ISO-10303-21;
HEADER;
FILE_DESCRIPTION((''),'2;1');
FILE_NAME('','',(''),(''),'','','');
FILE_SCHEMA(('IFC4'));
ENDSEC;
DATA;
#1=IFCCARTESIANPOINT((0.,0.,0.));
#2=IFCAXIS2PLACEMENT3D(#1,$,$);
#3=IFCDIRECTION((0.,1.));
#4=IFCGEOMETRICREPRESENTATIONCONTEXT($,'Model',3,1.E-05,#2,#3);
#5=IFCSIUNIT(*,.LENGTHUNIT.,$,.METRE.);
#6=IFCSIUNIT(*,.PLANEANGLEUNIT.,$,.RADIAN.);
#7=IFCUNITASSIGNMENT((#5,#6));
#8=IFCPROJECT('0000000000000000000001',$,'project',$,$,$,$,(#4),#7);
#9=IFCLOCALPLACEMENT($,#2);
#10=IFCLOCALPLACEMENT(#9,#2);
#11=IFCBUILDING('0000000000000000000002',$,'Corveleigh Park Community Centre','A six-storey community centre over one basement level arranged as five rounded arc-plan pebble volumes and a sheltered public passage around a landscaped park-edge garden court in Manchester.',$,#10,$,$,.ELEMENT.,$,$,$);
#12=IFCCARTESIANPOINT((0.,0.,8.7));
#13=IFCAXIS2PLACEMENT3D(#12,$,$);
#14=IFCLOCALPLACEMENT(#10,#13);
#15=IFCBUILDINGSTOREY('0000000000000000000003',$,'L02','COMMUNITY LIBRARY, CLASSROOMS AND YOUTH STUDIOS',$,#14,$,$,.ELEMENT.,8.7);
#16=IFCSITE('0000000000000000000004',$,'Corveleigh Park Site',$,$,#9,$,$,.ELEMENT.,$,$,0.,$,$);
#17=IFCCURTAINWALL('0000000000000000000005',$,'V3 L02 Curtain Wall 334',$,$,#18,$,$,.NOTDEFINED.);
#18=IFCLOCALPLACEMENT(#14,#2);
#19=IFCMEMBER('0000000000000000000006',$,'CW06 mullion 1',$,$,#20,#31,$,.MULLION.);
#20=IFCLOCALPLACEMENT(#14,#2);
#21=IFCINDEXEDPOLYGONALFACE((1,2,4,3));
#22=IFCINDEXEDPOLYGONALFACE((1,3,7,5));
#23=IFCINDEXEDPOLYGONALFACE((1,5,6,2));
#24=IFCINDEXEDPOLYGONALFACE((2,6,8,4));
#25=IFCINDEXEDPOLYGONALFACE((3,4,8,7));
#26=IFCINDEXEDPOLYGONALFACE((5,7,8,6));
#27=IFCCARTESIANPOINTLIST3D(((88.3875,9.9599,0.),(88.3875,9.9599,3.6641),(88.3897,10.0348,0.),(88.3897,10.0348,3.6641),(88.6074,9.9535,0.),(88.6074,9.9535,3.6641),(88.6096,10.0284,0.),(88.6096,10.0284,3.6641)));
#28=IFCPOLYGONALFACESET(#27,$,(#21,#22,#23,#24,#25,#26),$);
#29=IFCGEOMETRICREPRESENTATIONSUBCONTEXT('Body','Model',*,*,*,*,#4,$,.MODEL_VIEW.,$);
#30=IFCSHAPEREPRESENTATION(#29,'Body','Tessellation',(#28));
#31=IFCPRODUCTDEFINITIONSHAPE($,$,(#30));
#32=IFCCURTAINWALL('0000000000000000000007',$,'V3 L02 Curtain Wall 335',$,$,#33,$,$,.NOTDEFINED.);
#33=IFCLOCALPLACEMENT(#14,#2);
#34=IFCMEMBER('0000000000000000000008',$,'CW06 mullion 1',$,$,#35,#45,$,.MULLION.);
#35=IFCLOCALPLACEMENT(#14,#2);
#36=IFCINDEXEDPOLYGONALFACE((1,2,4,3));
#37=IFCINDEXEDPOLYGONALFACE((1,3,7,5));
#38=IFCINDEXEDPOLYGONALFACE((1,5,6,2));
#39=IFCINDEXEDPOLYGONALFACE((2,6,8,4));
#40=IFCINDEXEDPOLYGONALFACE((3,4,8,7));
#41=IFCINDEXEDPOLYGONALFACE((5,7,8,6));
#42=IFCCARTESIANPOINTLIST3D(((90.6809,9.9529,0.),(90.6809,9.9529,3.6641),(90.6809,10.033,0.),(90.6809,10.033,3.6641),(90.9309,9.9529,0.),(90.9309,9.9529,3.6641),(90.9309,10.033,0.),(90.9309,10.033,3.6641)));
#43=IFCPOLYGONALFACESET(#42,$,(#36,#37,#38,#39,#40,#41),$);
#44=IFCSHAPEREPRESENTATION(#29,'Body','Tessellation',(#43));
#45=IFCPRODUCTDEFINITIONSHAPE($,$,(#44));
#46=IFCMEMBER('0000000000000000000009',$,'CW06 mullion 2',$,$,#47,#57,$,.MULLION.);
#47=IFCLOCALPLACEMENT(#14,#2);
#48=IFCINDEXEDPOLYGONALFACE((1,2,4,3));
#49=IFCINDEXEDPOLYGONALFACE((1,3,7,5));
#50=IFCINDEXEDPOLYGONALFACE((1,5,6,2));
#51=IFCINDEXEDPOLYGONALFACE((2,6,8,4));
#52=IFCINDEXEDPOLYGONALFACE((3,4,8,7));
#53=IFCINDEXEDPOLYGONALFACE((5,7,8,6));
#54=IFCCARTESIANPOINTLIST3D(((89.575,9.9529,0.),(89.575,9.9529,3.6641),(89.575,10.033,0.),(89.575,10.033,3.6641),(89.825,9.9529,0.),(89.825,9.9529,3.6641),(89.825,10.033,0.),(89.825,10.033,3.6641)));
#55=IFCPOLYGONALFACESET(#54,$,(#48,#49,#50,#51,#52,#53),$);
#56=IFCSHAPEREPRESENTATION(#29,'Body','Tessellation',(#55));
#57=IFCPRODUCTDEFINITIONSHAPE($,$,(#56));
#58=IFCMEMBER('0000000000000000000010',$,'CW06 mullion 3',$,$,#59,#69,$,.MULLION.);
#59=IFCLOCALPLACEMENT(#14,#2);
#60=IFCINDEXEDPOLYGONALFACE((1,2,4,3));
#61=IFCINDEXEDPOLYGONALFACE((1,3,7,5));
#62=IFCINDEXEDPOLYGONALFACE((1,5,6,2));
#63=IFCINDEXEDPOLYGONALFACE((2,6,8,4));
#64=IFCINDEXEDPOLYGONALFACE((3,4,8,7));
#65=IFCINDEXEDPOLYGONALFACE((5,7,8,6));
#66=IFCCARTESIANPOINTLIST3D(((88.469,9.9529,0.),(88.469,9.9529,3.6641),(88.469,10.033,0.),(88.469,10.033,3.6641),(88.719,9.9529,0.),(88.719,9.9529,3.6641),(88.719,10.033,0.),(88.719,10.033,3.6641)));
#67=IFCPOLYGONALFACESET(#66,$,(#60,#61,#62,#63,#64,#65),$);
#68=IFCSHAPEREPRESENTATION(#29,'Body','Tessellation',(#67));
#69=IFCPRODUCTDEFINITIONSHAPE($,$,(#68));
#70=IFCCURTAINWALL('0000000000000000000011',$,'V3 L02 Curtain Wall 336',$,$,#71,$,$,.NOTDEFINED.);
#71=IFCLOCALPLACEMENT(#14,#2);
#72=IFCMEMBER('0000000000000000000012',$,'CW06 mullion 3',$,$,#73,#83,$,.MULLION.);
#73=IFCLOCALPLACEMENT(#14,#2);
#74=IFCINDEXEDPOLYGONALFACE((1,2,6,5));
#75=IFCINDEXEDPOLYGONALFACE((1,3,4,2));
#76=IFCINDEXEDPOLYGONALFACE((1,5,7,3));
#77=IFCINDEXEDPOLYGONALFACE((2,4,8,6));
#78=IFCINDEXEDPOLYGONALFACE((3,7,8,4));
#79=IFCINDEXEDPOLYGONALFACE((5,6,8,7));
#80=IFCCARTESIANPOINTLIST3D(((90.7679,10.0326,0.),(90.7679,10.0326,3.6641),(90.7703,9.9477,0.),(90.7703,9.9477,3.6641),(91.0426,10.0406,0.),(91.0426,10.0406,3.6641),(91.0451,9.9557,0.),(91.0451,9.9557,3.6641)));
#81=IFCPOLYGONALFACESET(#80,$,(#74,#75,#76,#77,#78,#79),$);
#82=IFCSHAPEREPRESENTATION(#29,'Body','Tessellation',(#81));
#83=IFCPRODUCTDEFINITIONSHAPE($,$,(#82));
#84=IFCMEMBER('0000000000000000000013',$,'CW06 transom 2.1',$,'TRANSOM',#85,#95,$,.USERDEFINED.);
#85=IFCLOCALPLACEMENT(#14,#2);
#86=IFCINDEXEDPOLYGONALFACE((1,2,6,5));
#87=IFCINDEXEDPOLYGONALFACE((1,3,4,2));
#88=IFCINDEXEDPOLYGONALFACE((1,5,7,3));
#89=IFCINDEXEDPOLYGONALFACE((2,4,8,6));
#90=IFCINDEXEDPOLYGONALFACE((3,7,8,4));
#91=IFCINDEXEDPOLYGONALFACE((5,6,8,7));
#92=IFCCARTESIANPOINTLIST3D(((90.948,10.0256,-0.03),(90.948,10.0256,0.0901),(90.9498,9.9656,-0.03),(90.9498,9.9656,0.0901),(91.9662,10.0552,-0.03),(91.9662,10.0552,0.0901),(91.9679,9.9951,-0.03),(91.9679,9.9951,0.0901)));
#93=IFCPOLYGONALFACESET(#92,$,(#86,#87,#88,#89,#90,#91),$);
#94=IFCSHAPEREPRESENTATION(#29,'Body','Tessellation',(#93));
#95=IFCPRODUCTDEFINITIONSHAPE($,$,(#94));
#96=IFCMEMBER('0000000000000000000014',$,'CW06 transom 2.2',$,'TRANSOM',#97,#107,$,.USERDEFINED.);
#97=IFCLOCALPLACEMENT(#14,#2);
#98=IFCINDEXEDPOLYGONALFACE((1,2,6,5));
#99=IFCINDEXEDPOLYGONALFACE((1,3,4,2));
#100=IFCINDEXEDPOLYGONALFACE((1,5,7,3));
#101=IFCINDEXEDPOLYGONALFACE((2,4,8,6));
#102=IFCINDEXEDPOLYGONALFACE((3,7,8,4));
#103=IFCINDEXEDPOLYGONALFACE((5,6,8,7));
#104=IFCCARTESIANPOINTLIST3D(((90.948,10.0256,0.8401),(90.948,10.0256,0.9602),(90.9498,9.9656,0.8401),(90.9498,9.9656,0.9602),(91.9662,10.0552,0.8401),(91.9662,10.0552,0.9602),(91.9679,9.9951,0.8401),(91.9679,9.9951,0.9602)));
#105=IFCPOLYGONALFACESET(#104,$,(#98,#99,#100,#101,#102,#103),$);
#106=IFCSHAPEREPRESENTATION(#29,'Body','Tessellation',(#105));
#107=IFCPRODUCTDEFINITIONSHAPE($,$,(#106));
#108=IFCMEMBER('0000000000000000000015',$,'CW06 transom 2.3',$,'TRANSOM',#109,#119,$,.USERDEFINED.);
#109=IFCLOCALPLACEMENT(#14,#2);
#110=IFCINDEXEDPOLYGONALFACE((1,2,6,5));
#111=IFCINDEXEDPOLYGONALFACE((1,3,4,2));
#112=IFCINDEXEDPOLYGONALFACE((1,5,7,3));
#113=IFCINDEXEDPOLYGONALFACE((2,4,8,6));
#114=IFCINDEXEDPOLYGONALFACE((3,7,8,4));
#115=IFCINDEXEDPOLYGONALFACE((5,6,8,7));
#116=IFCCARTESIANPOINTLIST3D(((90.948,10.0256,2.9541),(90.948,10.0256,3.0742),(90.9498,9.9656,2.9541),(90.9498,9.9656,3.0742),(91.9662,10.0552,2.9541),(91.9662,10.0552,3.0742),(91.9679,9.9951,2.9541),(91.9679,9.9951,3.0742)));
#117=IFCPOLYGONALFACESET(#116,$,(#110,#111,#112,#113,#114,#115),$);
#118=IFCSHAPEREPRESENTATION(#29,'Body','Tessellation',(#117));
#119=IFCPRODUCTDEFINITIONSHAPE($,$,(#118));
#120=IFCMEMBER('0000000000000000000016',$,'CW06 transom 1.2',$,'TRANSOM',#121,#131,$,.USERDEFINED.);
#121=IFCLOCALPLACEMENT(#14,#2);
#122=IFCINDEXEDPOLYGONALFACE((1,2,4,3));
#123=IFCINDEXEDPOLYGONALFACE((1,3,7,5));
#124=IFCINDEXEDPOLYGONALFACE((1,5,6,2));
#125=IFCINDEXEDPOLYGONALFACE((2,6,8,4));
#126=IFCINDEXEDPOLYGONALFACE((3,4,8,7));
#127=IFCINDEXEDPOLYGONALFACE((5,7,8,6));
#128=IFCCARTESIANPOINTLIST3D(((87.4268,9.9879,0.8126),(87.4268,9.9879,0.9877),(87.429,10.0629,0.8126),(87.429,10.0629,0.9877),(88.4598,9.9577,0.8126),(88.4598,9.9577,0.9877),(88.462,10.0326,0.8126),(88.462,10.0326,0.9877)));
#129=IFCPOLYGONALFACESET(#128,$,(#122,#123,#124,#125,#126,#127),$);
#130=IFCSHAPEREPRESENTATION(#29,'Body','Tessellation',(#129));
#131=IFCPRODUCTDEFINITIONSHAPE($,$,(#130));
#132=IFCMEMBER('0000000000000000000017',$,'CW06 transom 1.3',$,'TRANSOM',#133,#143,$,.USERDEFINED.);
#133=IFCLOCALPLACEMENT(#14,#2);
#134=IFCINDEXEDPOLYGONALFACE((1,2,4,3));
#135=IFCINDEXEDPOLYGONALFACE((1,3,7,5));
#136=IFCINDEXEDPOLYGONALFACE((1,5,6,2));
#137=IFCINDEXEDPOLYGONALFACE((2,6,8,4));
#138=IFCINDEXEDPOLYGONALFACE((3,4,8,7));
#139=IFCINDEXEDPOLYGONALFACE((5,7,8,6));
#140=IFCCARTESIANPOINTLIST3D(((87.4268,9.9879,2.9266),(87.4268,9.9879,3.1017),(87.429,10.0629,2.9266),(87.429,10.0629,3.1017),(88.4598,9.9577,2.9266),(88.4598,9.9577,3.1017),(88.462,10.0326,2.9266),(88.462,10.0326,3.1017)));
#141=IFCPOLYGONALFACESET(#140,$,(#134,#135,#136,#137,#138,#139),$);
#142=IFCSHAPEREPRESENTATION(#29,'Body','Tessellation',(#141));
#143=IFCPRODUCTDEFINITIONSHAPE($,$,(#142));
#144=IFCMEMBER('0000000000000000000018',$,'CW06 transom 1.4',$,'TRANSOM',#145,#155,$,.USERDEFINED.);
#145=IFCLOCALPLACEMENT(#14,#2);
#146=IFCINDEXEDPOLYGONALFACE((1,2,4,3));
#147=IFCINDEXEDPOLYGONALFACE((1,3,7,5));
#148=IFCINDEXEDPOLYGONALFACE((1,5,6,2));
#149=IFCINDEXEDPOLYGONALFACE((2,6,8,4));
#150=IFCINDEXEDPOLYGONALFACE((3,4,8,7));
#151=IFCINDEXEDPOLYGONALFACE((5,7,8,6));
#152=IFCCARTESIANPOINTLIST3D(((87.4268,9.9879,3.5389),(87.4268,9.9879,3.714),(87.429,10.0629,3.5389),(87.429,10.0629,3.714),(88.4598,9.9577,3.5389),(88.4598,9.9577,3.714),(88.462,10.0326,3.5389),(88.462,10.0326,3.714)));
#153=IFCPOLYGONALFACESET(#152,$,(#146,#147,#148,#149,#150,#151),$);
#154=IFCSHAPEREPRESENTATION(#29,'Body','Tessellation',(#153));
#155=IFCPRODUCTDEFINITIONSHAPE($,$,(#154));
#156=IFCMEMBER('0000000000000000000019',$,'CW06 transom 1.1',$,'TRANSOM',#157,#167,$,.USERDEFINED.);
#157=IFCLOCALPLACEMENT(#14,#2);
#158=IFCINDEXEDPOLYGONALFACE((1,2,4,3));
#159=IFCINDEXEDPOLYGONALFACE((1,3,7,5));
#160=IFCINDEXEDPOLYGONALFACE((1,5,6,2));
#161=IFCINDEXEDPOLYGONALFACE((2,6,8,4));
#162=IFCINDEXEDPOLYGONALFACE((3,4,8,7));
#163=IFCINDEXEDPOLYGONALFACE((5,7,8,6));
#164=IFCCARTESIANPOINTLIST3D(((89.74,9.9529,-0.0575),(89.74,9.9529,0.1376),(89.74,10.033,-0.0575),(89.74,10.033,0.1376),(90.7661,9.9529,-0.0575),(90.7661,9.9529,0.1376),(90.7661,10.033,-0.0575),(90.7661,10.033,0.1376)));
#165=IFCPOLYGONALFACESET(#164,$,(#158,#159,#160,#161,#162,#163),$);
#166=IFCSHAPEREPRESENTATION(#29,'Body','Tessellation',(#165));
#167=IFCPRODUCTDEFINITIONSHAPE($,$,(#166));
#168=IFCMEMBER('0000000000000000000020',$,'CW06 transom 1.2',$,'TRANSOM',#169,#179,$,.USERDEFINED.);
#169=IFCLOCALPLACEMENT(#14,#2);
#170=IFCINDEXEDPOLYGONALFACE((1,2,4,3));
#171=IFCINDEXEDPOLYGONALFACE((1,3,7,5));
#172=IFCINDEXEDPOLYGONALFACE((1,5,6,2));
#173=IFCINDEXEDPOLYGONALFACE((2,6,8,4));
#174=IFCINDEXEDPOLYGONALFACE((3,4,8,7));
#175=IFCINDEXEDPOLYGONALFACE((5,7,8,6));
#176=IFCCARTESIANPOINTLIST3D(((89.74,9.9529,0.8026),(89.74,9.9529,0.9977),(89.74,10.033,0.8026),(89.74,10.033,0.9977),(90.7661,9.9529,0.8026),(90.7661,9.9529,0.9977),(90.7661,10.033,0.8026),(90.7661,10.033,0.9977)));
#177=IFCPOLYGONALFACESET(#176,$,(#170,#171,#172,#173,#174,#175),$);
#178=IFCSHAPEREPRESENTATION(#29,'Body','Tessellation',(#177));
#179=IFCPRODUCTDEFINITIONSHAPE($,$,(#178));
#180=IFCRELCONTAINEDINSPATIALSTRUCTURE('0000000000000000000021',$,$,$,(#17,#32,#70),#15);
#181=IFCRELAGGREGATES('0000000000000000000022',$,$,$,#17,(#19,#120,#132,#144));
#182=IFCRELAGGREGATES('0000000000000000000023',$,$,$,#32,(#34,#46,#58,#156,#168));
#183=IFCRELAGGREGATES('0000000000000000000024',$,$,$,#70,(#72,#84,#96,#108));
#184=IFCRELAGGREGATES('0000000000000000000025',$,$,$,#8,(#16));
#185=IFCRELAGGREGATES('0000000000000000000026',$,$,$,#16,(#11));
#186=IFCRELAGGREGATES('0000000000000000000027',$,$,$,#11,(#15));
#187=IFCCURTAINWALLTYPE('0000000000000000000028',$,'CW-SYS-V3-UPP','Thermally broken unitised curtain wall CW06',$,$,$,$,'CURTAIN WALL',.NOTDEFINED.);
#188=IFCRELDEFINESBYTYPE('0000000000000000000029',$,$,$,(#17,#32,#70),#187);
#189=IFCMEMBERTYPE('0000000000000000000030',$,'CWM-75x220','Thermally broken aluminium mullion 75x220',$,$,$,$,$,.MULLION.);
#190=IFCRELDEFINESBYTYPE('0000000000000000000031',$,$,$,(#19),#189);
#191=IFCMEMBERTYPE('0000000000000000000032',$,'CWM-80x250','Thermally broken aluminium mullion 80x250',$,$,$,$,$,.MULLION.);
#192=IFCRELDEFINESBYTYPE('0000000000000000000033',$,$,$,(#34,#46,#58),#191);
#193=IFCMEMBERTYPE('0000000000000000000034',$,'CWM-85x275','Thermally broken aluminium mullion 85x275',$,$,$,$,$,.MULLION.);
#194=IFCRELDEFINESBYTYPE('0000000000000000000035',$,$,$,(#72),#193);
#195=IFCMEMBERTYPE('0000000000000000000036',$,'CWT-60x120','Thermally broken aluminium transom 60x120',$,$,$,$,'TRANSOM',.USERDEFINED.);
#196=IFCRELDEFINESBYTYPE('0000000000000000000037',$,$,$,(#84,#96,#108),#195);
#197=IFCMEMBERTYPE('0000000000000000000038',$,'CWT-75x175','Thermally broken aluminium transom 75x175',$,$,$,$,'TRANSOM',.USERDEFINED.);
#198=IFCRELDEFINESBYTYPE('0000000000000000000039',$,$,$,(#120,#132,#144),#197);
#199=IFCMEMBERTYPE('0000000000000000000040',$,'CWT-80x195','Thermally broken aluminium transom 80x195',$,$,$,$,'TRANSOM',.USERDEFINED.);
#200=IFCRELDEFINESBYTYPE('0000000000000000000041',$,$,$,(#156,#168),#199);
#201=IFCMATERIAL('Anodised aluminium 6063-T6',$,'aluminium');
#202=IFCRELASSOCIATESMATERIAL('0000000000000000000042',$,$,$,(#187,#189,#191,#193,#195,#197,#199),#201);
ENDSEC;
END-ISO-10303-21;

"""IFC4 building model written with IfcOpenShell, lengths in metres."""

from ifc_helpers import new_model, si_unit, direction, frame, origin, origin_2d, place, context, subcontext, project, spatial, rectangle, extrude, material, material_profile, profile_set, type_object, element, aggregate, save


model = new_model("IFC4")

# Units and contexts
model_context = context("Model", 3, precision=1e-05, world=origin(), true_north=direction((0.0, 1.0)))
body_context = subcontext(model_context, "Body", "Model", "MODEL_VIEW")
ifc_project = project(units=[si_unit("LENGTHUNIT", "METRE"), si_unit("PLANEANGLEUNIT", "RADIAN")], contexts=[model_context])

# Site, building, storey
site_placement = place(None, origin())
site = spatial("IfcSite", under=ifc_project, at=site_placement, Name="Corveleigh Park Site", CompositionType="ELEMENT", RefElevation=0.0)
building_placement = place(site_placement, origin())
building = spatial("IfcBuilding", under=site, at=building_placement, Name="Corveleigh Park Community Centre", Description="A six-storey community centre over one basement level arranged as five rounded arc-plan pebble volumes and a sheltered public passage around a landscaped park-edge garden court in Manchester.", CompositionType="ELEMENT")
storey_placement = place(building_placement, frame((0.0, 0.0, 8.7)))
storey = spatial("IfcBuildingStorey", under=building, at=storey_placement, Name="L02", Description="COMMUNITY LIBRARY, CLASSROOMS AND YOUTH STUDIOS", CompositionType="ELEMENT", Elevation=8.7)

# Curtain wall, member
ifc_material_1 = material(Name="Anodised aluminium 6063-T6", Category="aluminium")
curtain_wall_type = type_object("IfcCurtainWallType", Name="CW-SYS-V3-UPP", Description="Thermally broken unitised curtain wall CW06", ElementType="CURTAIN WALL", PredefinedType="NOTDEFINED", material=ifc_material_1)
curtain_wall_1_placement = place(storey_placement, origin())
curtain_wall_1 = element("IfcCurtainWall", 1, at=curtain_wall_1_placement, inside=storey, type_object=curtain_wall_type, Name="V3 L02 Curtain Wall 334", PredefinedType="NOTDEFINED")
ifc_material_profile_1 = material_profile(ifc_material_1, rectangle(XDim=0.075, YDim=0.22, at=origin_2d()), Name="ALU-M75x220", Category="aluminium")
ifc_profile_set_1 = profile_set([ifc_material_profile_1], Name="Anodised aluminium 6063-T6")
member_type_1 = type_object("IfcMemberType", Name="CWM-75x220", Description="Thermally broken aluminium mullion 75x220", PredefinedType="MULLION", material=ifc_profile_set_1)
member_1_placement = place(storey_placement, frame((88.4985, 9.9941, 0.0), z_axis=(0.0, 0.0, 1.0), x_axis=(-0.029232, -0.999573, 0.0)))
member_1 = element("IfcMember", 2, at=member_1_placement, type_object=member_type_1, Name="CW06 mullion 1", PredefinedType="MULLION", context=body_context, shape_type="SweptSolid", body=[
    extrude(rectangle(XDim=0.075, YDim=0.22, at=origin_2d()), origin(), (0.0, 0.0, 1.0), 3.6641),
])

# Curtain walls, members
curtain_wall_2_placement = place(storey_placement, origin())
curtain_wall_2 = element("IfcCurtainWall", 3, at=curtain_wall_2_placement, inside=storey, type_object=curtain_wall_type, Name="V3 L02 Curtain Wall 335", PredefinedType="NOTDEFINED")
ifc_material_profile_2 = material_profile(ifc_material_1, rectangle(XDim=0.0801, YDim=0.25, at=origin_2d()), Name="ALU-M80x250", Category="aluminium")
ifc_profile_set_2 = profile_set([ifc_material_profile_2], Name="Anodised aluminium 6063-T6")
member_type_2 = type_object("IfcMemberType", Name="CWM-80x250", Description="Thermally broken aluminium mullion 80x250", PredefinedType="MULLION", material=ifc_profile_set_2)
member_2_placement = place(storey_placement, frame((90.8059, 9.9929, 0.0), z_axis=(0.0, 0.0, 1.0), x_axis=(0.0, -1.0, 0.0)))
member_2 = element("IfcMember", 4, at=member_2_placement, type_object=member_type_2, Name="CW06 mullion 1", PredefinedType="MULLION", context=body_context, shape_type="SweptSolid", body=[
    extrude(rectangle(XDim=0.0801, YDim=0.25, at=origin_2d()), origin(), (0.0, 0.0, 1.0), 3.6641),
])
member_3_placement = place(storey_placement, frame((89.7, 9.9929, 0.0), z_axis=(0.0, 0.0, 1.0), x_axis=(0.0, -1.0, 0.0)))
member_3 = element("IfcMember", 5, at=member_3_placement, type_object=member_type_2, Name="CW06 mullion 2", PredefinedType="MULLION", context=body_context, shape_type="SweptSolid", body=[
    extrude(rectangle(XDim=0.0801, YDim=0.25, at=origin_2d()), origin(), (0.0, 0.0, 1.0), 3.6641),
])
member_4_placement = place(storey_placement, frame((88.594, 9.9929, 0.0), z_axis=(0.0, 0.0, 1.0), x_axis=(0.0, -1.0, 0.0)))
member_4 = element("IfcMember", 6, at=member_4_placement, type_object=member_type_2, Name="CW06 mullion 3", PredefinedType="MULLION", context=body_context, shape_type="SweptSolid", body=[
    extrude(rectangle(XDim=0.0801, YDim=0.25, at=origin_2d()), origin(), (0.0, 0.0, 1.0), 3.6641),
])
curtain_wall_3_placement = place(storey_placement, origin())
curtain_wall_3 = element("IfcCurtainWall", 7, at=curtain_wall_3_placement, inside=storey, type_object=curtain_wall_type, Name="V3 L02 Curtain Wall 336", PredefinedType="NOTDEFINED")
ifc_material_profile_3 = material_profile(ifc_material_1, rectangle(XDim=0.085, YDim=0.2749, at=origin_2d()), Name="ALU-M85x275", Category="aluminium")
ifc_profile_set_3 = profile_set([ifc_material_profile_3], Name="Anodised aluminium 6063-T6")
member_type_3 = type_object("IfcMemberType", Name="CWM-85x275", Description="Thermally broken aluminium mullion 85x275", PredefinedType="MULLION", material=ifc_profile_set_3)
member_5_placement = place(storey_placement, frame((90.9065, 9.9941, 0.0), z_axis=(0.0, 0.0, 1.0), x_axis=(0.029232, -0.999573, 0.0)))
member_5 = element("IfcMember", 8, at=member_5_placement, type_object=member_type_3, Name="CW06 mullion 3", PredefinedType="MULLION", context=body_context, shape_type="SweptSolid", body=[
    extrude(rectangle(XDim=0.085, YDim=0.2749, at=origin_2d()), origin(), (0.0, 0.0, 1.0), 3.6641),
])
ifc_material_profile_4 = material_profile(ifc_material_1, rectangle(XDim=0.0601, YDim=0.1201, at=origin_2d()), Name="ALU-T60x120", Category="aluminium")
ifc_profile_set_4 = profile_set([ifc_material_profile_4], Name="Anodised aluminium 6063-T6")
member_type_4 = type_object("IfcMemberType", Name="CWT-60x120", Description="Thermally broken aluminium transom 60x120", ElementType="TRANSOM", PredefinedType="USERDEFINED", material=ifc_profile_set_4)
member_6_placement = place(storey_placement, frame((91.967, 10.0251, 0.03), z_axis=(-0.999579, -0.029005, 0.0), x_axis=(0.029005, -0.999579, 0.0)))
member_6 = element("IfcMember", 9, at=member_6_placement, type_object=member_type_4, Name="CW06 transom 2.1", ObjectType="TRANSOM", PredefinedType="USERDEFINED", context=body_context, shape_type="SweptSolid", body=[
    extrude(rectangle(XDim=0.0601, YDim=0.1201, at=origin_2d()), origin(), (0.0, 0.0, 1.0), 1.0186),
])
member_7_placement = place(storey_placement, frame((91.967, 10.0251, 0.9001), z_axis=(-0.999579, -0.029005, 0.0), x_axis=(0.029005, -0.999579, 0.0)))
member_7 = element("IfcMember", 10, at=member_7_placement, type_object=member_type_4, Name="CW06 transom 2.2", ObjectType="TRANSOM", PredefinedType="USERDEFINED", context=body_context, shape_type="SweptSolid", body=[
    extrude(rectangle(XDim=0.0601, YDim=0.1201, at=origin_2d()), origin(), (0.0, 0.0, 1.0), 1.0186),
])
member_8_placement = place(storey_placement, frame((91.967, 10.0251, 3.0142), z_axis=(-0.999579, -0.029005, 0.0), x_axis=(0.029005, -0.999579, 0.0)))
member_8 = element("IfcMember", 11, at=member_8_placement, type_object=member_type_4, Name="CW06 transom 2.3", ObjectType="TRANSOM", PredefinedType="USERDEFINED", context=body_context, shape_type="SweptSolid", body=[
    extrude(rectangle(XDim=0.0601, YDim=0.1201, at=origin_2d()), origin(), (0.0, 0.0, 1.0), 1.0186),
])

# Members
ifc_material_profile_5 = material_profile(ifc_material_1, rectangle(XDim=0.075, YDim=0.175, at=origin_2d()), Name="ALU-T75x175", Category="aluminium")
ifc_profile_set_5 = profile_set([ifc_material_profile_5], Name="Anodised aluminium 6063-T6")
member_type_5 = type_object("IfcMemberType", Name="CWT-75x175", Description="Thermally broken aluminium transom 75x175", ElementType="TRANSOM", PredefinedType="USERDEFINED", material=ifc_profile_set_5)
member_9_placement = place(storey_placement, frame((88.4609, 9.9951, 0.9001), z_axis=(-0.999571, 0.029295, 0.0), x_axis=(-0.029295, -0.999571, 0.0)))
member_9 = element("IfcMember", 12, at=member_9_placement, type_object=member_type_5, Name="CW06 transom 1.2", ObjectType="TRANSOM", PredefinedType="USERDEFINED", context=body_context, shape_type="SweptSolid", body=[
    extrude(rectangle(XDim=0.075, YDim=0.175, at=origin_2d()), origin(), (0.0, 0.0, 1.0), 1.0334),
])
member_10_placement = place(storey_placement, frame((88.4609, 9.9951, 3.0142), z_axis=(-0.999571, 0.029295, 0.0), x_axis=(-0.029295, -0.999571, 0.0)))
member_10 = element("IfcMember", 13, at=member_10_placement, type_object=member_type_5, Name="CW06 transom 1.3", ObjectType="TRANSOM", PredefinedType="USERDEFINED", context=body_context, shape_type="SweptSolid", body=[
    extrude(rectangle(XDim=0.075, YDim=0.175, at=origin_2d()), origin(), (0.0, 0.0, 1.0), 1.0334),
])
member_11_placement = place(storey_placement, frame((88.4609, 9.9951, 3.6265), z_axis=(-0.999571, 0.029295, 0.0), x_axis=(-0.029295, -0.999571, 0.0)))
member_11 = element("IfcMember", 14, at=member_11_placement, type_object=member_type_5, Name="CW06 transom 1.4", ObjectType="TRANSOM", PredefinedType="USERDEFINED", context=body_context, shape_type="SweptSolid", body=[
    extrude(rectangle(XDim=0.075, YDim=0.175, at=origin_2d()), origin(), (0.0, 0.0, 1.0), 1.0334),
])
aggregate(curtain_wall_1, [member_1, member_9, member_10, member_11])
ifc_material_profile_6 = material_profile(ifc_material_1, rectangle(XDim=0.0801, YDim=0.1951, at=origin_2d()), Name="ALU-T80x195", Category="aluminium")
ifc_profile_set_6 = profile_set([ifc_material_profile_6], Name="Anodised aluminium 6063-T6")
member_type_6 = type_object("IfcMemberType", Name="CWT-80x195", Description="Thermally broken aluminium transom 80x195", ElementType="TRANSOM", PredefinedType="USERDEFINED", material=ifc_profile_set_6)
member_12_placement = place(storey_placement, frame((90.7661, 9.9929, 0.04), z_axis=(-1.0, 0.0, 0.0), x_axis=(0.0, -1.0, 0.0)))
member_12 = element("IfcMember", 15, at=member_12_placement, type_object=member_type_6, Name="CW06 transom 1.1", ObjectType="TRANSOM", PredefinedType="USERDEFINED", context=body_context, shape_type="SweptSolid", body=[
    extrude(rectangle(XDim=0.0801, YDim=0.1951, at=origin_2d()), origin(), (0.0, 0.0, 1.0), 1.0261),
])
member_13_placement = place(storey_placement, frame((90.7661, 9.9929, 0.9001), z_axis=(-1.0, 0.0, 0.0), x_axis=(0.0, -1.0, 0.0)))
member_13 = element("IfcMember", 16, at=member_13_placement, type_object=member_type_6, Name="CW06 transom 1.2", ObjectType="TRANSOM", PredefinedType="USERDEFINED", context=body_context, shape_type="SweptSolid", body=[
    extrude(rectangle(XDim=0.0801, YDim=0.1951, at=origin_2d()), origin(), (0.0, 0.0, 1.0), 1.0261),
])

aggregate(curtain_wall_2, [member_2, member_3, member_4, member_12, member_13])
aggregate(curtain_wall_3, [member_5, member_6, member_7, member_8])

save(model, "model.ifc")
